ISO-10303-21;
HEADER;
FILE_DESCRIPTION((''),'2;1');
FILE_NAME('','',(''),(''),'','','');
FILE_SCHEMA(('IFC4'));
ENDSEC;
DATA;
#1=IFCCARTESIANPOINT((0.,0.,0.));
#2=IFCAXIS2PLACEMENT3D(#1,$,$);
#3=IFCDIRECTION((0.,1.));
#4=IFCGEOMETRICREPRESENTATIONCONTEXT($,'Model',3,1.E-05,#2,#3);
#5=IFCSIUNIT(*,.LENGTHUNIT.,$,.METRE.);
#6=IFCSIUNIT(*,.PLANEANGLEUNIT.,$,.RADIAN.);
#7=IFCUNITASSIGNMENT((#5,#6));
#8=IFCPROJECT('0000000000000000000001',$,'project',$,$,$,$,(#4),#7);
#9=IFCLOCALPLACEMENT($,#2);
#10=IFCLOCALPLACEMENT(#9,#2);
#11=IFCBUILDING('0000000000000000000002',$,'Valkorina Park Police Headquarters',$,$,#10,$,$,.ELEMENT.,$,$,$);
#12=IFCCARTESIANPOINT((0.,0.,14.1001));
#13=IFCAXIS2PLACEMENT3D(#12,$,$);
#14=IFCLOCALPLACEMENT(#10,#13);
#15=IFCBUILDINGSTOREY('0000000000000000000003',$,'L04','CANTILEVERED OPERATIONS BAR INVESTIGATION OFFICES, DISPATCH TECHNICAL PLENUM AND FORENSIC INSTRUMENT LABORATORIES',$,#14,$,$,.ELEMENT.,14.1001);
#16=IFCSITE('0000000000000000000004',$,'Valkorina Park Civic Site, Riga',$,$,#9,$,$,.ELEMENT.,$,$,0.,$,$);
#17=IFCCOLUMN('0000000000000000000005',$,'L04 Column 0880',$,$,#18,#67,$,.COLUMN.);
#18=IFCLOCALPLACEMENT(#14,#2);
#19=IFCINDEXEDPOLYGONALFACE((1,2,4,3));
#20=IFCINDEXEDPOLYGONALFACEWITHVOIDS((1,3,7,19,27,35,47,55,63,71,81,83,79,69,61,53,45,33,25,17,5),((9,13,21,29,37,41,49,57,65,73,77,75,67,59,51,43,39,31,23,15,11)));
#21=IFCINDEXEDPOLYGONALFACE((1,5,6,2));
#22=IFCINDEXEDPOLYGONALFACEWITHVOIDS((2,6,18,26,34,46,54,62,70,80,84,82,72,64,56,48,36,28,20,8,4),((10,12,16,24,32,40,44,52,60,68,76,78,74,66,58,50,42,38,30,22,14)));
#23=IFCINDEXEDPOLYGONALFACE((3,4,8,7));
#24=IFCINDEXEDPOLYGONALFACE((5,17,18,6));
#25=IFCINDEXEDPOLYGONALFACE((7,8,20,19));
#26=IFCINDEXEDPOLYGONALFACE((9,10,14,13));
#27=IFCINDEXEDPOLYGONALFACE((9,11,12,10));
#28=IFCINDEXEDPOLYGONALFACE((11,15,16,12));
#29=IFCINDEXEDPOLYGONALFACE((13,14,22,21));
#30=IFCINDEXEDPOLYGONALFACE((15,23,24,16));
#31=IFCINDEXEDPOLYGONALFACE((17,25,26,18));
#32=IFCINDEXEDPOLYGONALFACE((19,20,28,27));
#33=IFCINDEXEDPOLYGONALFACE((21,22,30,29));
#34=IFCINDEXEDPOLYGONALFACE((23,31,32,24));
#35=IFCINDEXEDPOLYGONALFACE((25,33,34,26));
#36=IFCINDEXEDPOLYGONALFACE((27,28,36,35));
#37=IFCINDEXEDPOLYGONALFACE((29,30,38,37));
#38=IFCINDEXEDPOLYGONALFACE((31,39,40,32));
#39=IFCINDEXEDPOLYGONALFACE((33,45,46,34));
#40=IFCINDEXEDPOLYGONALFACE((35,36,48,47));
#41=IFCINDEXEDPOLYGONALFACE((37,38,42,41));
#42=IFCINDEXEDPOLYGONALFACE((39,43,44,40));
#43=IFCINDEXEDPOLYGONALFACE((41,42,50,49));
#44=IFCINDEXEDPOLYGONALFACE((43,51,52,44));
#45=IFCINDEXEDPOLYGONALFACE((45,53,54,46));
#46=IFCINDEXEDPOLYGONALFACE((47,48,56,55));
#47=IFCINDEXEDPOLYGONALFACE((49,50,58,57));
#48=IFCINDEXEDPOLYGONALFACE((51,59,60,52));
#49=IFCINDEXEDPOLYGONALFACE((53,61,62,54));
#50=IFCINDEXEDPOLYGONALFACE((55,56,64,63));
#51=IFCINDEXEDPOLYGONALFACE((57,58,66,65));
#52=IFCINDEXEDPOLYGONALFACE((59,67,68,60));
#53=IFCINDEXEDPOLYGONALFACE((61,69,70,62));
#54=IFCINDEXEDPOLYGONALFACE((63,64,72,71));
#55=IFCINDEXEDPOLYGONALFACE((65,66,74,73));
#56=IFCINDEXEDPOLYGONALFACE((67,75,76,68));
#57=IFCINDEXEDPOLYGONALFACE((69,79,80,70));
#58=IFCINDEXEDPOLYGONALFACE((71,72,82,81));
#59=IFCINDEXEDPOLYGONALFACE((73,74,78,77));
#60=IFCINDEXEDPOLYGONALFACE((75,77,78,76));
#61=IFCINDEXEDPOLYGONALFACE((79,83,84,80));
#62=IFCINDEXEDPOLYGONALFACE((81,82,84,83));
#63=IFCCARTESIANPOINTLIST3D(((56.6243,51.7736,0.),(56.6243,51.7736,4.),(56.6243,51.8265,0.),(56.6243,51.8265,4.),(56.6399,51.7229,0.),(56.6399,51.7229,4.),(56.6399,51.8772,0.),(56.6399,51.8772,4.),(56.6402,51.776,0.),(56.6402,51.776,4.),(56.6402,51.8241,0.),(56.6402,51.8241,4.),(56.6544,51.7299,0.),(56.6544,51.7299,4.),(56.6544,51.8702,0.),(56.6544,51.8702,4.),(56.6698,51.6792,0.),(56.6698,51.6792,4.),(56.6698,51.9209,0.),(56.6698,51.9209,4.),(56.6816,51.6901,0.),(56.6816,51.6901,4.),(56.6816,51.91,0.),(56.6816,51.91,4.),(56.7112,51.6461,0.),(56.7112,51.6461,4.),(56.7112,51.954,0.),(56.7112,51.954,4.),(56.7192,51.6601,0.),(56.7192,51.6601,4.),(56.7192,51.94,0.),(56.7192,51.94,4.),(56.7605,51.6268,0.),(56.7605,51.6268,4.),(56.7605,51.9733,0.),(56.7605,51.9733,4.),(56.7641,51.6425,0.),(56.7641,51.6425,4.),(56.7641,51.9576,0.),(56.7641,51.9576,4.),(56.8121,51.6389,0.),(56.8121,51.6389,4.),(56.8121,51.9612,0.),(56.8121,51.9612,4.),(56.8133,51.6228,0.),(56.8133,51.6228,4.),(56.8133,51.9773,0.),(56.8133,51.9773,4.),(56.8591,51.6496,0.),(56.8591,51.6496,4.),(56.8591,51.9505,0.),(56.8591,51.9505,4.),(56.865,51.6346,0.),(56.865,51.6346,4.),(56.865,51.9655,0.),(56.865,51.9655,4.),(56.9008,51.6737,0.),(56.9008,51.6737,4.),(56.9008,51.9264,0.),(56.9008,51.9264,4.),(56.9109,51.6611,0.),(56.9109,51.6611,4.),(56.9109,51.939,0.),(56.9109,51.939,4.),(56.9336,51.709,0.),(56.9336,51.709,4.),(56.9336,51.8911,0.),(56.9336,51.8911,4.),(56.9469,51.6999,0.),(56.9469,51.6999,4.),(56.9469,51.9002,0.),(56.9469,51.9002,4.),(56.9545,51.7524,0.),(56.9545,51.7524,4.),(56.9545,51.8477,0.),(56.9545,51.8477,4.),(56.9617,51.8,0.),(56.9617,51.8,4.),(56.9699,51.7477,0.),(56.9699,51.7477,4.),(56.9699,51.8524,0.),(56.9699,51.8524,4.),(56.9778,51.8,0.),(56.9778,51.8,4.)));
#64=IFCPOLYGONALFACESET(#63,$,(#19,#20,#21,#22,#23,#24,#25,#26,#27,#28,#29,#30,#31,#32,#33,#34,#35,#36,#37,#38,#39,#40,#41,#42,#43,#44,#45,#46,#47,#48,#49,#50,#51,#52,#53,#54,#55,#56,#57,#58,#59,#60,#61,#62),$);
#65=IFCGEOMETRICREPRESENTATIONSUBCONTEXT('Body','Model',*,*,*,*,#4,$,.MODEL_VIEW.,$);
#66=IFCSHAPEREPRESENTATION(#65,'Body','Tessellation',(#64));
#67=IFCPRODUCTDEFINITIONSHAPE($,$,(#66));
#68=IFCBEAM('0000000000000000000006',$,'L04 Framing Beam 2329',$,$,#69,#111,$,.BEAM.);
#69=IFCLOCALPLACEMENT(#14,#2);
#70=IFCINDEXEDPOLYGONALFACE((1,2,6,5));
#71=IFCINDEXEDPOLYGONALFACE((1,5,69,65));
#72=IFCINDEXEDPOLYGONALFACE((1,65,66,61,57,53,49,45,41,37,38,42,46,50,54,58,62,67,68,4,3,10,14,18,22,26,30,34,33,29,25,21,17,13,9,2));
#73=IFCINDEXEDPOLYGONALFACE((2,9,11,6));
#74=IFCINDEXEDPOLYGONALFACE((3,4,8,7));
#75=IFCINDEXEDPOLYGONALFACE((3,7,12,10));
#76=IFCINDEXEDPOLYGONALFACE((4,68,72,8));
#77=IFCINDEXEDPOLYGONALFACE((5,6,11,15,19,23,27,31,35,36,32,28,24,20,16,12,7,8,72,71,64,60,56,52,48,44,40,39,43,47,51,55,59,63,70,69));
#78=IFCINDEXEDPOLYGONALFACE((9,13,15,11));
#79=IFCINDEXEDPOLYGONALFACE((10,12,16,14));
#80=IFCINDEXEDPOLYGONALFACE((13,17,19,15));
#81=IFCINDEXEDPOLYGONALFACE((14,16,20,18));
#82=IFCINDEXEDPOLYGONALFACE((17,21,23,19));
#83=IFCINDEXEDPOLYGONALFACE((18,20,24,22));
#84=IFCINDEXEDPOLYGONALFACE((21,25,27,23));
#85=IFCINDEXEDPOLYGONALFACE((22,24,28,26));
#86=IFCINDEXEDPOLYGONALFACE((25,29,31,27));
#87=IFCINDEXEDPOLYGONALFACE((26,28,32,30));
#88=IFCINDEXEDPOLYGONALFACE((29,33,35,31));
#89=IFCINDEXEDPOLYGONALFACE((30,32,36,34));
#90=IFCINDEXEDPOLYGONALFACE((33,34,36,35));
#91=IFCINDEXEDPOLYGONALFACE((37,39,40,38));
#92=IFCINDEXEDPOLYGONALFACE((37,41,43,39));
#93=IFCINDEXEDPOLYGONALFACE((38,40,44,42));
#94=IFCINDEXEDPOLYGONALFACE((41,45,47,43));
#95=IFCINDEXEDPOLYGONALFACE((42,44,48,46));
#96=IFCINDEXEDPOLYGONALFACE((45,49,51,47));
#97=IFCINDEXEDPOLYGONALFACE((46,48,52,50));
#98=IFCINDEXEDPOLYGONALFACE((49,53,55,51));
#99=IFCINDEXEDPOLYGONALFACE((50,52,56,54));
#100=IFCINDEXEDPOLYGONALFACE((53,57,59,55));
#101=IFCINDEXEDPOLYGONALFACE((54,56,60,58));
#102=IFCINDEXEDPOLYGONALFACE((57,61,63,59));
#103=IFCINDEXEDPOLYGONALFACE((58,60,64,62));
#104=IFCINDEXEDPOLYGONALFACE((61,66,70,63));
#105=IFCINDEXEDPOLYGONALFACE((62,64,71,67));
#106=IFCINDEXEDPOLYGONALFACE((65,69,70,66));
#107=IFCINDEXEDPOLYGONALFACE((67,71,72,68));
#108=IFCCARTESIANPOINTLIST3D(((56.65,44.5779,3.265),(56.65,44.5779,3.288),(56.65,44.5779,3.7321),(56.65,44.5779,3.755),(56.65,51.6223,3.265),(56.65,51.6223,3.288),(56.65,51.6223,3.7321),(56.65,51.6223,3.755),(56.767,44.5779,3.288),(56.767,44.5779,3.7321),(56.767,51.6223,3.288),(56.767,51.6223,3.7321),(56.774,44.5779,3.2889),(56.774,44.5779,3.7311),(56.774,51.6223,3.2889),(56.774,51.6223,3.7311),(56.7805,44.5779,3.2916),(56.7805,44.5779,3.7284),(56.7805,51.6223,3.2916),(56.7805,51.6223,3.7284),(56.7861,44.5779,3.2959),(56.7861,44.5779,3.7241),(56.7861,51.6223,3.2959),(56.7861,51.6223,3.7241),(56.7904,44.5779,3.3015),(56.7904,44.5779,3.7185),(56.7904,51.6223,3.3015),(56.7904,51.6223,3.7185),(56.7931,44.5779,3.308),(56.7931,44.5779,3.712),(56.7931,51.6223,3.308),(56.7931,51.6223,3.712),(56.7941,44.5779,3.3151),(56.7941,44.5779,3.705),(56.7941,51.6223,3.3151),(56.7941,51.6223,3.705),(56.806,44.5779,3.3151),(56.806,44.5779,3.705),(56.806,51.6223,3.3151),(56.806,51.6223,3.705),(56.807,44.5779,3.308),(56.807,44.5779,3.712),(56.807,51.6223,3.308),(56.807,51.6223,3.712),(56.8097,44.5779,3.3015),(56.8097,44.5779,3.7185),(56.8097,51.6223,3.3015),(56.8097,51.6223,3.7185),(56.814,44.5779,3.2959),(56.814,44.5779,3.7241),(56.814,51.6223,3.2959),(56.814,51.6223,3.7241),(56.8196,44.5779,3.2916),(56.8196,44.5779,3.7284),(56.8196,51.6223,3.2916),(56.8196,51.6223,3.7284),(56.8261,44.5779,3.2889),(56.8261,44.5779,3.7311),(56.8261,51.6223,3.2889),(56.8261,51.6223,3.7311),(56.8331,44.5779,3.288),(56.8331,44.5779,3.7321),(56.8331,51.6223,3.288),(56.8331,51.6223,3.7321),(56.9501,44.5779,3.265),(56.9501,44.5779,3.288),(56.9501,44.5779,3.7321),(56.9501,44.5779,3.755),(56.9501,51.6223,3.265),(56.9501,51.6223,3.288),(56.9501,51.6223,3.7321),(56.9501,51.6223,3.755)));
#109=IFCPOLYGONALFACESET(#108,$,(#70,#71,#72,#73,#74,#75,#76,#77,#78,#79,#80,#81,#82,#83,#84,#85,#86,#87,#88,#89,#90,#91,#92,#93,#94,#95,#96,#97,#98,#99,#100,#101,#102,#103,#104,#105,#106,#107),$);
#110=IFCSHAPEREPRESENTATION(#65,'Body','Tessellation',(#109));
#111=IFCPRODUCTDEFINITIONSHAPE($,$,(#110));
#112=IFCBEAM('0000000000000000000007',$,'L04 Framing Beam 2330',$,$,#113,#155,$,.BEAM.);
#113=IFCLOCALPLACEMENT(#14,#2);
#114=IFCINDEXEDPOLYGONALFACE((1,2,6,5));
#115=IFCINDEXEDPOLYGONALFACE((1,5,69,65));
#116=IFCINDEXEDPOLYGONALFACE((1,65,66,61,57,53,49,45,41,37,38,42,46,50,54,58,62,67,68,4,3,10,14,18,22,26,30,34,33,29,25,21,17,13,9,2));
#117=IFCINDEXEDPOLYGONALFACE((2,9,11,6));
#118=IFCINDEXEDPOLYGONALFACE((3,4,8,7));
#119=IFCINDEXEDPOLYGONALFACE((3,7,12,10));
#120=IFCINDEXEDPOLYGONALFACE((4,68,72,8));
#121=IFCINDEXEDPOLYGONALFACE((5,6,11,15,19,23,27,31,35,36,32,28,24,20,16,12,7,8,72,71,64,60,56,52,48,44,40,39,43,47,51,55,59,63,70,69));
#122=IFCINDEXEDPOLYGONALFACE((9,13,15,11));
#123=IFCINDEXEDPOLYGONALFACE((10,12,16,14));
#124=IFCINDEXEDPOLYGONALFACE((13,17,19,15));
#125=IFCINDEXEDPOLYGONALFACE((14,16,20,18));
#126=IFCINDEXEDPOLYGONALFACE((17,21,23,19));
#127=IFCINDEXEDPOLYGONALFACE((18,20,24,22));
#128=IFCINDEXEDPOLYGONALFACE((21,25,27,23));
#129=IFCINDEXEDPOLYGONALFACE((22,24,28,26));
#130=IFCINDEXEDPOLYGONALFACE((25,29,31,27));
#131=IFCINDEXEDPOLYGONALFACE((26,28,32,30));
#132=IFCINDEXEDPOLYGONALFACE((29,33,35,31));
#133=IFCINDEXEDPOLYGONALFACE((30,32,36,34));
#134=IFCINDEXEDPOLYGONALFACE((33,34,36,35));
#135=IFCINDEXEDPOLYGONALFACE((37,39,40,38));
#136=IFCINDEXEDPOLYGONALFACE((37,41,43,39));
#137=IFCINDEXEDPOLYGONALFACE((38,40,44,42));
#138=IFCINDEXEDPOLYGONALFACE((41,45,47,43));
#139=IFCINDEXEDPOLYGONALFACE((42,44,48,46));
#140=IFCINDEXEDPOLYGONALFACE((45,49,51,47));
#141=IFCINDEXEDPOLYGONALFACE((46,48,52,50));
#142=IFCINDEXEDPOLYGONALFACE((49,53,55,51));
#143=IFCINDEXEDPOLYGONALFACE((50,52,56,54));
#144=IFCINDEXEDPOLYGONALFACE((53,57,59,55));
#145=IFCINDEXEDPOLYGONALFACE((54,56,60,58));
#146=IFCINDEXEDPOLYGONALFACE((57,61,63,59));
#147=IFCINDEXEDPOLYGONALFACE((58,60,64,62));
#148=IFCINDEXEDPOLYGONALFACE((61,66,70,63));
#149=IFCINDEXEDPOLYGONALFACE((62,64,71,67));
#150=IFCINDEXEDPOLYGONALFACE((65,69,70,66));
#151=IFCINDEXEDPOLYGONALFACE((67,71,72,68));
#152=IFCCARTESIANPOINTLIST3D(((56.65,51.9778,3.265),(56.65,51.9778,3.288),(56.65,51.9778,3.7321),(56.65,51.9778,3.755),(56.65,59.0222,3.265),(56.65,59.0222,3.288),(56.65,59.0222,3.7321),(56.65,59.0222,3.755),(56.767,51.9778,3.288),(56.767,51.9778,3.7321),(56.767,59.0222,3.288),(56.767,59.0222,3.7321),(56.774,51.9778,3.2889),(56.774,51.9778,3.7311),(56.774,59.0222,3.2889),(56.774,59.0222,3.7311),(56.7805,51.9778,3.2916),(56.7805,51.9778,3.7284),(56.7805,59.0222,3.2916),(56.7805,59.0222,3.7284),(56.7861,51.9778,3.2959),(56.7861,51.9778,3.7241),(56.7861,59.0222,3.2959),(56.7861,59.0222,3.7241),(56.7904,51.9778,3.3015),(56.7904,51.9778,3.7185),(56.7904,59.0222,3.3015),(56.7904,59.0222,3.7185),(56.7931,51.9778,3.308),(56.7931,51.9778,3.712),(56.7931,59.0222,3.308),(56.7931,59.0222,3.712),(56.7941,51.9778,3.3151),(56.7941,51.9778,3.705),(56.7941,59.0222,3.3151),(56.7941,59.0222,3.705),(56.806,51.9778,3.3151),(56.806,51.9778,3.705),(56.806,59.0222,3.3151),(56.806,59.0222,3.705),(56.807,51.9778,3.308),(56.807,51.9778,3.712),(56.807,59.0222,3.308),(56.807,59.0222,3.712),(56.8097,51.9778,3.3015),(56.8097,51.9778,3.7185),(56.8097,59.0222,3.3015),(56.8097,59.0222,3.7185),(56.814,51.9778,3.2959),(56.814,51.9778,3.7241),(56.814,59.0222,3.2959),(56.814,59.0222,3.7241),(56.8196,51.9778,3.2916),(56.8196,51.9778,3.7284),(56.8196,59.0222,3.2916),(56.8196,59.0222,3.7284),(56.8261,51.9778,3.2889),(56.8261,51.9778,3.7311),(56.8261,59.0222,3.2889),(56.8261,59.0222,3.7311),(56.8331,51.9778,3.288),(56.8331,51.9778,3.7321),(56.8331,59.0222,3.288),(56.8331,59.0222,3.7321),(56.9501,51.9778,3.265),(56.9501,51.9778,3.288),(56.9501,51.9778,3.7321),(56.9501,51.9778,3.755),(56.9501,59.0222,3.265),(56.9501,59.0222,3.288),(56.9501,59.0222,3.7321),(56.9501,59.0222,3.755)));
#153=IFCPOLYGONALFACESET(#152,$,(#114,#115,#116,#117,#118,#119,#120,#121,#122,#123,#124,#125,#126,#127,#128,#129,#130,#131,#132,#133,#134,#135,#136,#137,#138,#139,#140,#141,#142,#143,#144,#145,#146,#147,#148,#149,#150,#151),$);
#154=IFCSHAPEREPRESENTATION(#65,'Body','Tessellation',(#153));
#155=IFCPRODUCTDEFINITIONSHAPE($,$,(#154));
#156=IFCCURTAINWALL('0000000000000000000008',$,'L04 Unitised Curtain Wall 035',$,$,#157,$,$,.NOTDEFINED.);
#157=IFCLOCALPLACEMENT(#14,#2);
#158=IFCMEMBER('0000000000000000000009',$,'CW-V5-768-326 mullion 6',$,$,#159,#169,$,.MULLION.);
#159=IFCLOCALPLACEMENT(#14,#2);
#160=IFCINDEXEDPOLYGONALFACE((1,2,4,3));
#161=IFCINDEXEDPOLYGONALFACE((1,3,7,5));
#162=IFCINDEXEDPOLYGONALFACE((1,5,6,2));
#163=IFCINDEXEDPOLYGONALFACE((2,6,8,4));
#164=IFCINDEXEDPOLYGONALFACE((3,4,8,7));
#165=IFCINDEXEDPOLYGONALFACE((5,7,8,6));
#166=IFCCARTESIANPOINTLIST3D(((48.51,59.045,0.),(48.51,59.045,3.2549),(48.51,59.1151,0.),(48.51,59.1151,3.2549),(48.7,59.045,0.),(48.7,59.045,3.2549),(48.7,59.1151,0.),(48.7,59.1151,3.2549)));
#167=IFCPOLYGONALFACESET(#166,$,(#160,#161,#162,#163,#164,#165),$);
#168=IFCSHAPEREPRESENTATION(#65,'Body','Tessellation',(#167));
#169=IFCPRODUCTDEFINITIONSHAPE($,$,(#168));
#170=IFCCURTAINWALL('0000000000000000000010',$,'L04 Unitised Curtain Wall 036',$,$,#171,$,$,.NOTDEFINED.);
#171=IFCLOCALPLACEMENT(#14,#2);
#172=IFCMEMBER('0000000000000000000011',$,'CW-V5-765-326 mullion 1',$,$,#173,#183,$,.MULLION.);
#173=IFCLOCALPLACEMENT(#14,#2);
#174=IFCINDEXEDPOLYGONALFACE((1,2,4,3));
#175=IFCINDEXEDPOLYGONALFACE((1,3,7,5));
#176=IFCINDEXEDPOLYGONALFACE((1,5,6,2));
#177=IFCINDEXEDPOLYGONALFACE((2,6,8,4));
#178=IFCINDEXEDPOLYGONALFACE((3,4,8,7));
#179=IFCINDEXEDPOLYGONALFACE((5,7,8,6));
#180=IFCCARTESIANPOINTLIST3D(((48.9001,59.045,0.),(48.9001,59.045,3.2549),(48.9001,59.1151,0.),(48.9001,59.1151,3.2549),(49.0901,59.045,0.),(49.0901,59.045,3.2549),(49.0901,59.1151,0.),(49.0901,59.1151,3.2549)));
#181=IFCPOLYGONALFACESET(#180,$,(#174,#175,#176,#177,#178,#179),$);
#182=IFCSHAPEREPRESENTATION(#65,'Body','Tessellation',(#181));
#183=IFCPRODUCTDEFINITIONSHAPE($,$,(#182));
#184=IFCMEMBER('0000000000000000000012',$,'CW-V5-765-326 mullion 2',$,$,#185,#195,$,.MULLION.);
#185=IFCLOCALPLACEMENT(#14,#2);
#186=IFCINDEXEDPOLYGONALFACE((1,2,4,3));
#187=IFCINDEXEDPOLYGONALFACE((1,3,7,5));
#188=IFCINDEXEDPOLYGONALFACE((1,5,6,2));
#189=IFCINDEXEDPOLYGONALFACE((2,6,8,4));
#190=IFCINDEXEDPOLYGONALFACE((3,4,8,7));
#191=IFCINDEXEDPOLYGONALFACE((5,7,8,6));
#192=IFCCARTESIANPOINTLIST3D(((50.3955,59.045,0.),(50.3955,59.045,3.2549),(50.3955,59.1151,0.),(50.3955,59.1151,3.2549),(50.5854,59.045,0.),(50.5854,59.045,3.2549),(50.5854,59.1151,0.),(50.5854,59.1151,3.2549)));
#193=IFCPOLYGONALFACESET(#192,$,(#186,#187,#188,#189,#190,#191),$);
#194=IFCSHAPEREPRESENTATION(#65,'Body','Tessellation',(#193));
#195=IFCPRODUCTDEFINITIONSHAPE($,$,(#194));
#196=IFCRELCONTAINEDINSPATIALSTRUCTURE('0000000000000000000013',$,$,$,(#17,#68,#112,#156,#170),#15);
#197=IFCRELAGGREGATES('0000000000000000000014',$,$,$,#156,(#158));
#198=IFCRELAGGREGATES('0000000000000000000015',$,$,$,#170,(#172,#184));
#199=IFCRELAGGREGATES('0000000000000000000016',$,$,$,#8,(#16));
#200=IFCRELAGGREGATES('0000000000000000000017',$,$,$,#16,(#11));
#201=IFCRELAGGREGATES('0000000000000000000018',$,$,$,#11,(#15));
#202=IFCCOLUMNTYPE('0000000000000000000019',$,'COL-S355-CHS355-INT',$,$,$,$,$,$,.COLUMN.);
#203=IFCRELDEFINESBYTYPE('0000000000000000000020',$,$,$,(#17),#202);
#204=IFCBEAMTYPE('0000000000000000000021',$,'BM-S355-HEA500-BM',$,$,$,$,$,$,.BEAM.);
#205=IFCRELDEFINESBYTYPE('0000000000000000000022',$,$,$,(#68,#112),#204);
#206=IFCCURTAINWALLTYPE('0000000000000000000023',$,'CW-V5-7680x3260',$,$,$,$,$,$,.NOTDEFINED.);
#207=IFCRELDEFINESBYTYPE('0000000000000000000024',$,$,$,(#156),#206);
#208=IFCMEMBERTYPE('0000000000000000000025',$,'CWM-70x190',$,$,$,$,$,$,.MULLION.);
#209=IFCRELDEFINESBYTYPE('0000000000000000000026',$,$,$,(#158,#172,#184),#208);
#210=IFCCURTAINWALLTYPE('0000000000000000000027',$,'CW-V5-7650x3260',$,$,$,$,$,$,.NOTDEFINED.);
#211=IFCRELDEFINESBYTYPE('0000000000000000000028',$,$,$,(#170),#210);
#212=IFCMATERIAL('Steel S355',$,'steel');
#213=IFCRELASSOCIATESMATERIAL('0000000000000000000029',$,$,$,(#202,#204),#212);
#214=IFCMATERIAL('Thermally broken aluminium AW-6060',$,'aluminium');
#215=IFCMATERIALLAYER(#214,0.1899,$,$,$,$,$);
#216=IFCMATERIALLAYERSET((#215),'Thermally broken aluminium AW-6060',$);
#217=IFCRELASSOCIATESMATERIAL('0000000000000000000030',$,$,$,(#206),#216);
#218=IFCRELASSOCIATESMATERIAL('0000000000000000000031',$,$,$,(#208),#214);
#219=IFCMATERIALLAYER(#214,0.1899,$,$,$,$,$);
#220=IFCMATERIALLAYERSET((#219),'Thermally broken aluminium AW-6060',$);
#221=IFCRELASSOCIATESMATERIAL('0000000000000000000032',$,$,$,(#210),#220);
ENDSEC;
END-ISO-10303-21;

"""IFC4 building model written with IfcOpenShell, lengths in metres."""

from ifc_helpers import new_model, si_unit, direction, frame, origin, origin_2d, place, context, subcontext, project, spatial, rectangle, hollow_circle, i_section, extrude, material, layer, layer_set, material_profile, profile_set, type_object, element, aggregate, save


model = new_model("IFC4")

# Units and contexts
model_context = context("Model", 3, precision=1e-05, world=origin(), true_north=direction((0.0, 1.0)))
body_context = subcontext(model_context, "Body", "Model", "MODEL_VIEW")
ifc_project = project(units=[si_unit("LENGTHUNIT", "METRE"), si_unit("PLANEANGLEUNIT", "RADIAN")], contexts=[model_context])

# Site, building, storey
site_placement = place(None, origin())
site = spatial("IfcSite", under=ifc_project, at=site_placement, Name="Valkorina Park Civic Site, Riga", CompositionType="ELEMENT", RefElevation=0.0)
building_placement = place(site_placement, origin())
building = spatial("IfcBuilding", under=site, at=building_placement, Name="Valkorina Park Police Headquarters", CompositionType="ELEMENT")
storey_placement = place(building_placement, frame((0.0, 0.0, 14.1001)))
storey = spatial("IfcBuildingStorey", under=building, at=storey_placement, Name="L04", Description="CANTILEVERED OPERATIONS BAR INVESTIGATION OFFICES, DISPATCH TECHNICAL PLENUM AND FORENSIC INSTRUMENT LABORATORIES", CompositionType="ELEMENT", Elevation=14.1001)

# Column
ifc_material_1 = material(Name="Steel S355", Category="steel")
ifc_material_profile_1 = material_profile(ifc_material_1, hollow_circle(Radius=0.1777, WallThickness=0.0161, at=origin_2d()), Name="CHS 355.6x16")
ifc_profile_set_1 = profile_set([ifc_material_profile_1], Name="Steel S355")
column_type = type_object("IfcColumnType", Name="COL-S355-CHS355-INT", PredefinedType="COLUMN", material=ifc_profile_set_1)
column_placement = place(storey_placement, frame((56.8, 51.8, 0.0), z_axis=(0.0, 0.0, 1.0), x_axis=(1.0, 0.0, 0.0)))
element("IfcColumn", 1, at=column_placement, inside=storey, type_object=column_type, Name="L04 Column 0880", PredefinedType="COLUMN", context=body_context, shape_type="SweptSolid", body=[
    extrude(hollow_circle(Radius=0.1777, WallThickness=0.0161, at=origin_2d()), origin(), (0.0, 0.0, 1.0), 4.0),
])

# Beams
ifc_material_profile_2 = material_profile(ifc_material_1, i_section(OverallWidth=0.3, OverallDepth=0.49, WebThickness=0.012, FlangeThickness=0.0229, FilletRadius=0.0271, at=origin_2d()), Name="HEA 500")
ifc_profile_set_2 = profile_set([ifc_material_profile_2], Name="Steel S355")
beam_type = type_object("IfcBeamType", Name="BM-S355-HEA500-BM", PredefinedType="BEAM", material=ifc_profile_set_2)
for number, where, z_axis, x_axis, name in (
    (2, (56.8, 44.5779, 3.51), (0.0, 1.0, 0.0), (-1.0, 0.0, 0.0), "L04 Framing Beam 2329"),
    (3, (56.8, 51.9778, 3.51), (0.0, 1.0, 0.0), (-1.0, 0.0, 0.0), "L04 Framing Beam 2330"),
):
    element("IfcBeam", number, at=place(storey_placement, frame(where, z_axis=z_axis, x_axis=x_axis)), inside=storey, type_object=beam_type, Name=name, PredefinedType="BEAM", context=body_context, shape_type="SweptSolid", body=[
        extrude(i_section(OverallWidth=0.3, OverallDepth=0.49, WebThickness=0.012, FlangeThickness=0.0229, FilletRadius=0.0271, at=origin_2d()), origin(), (0.0, 0.0, 1.0), 7.0444),
    ])

# Curtain wall, member
ifc_material_2 = material(Name="Thermally broken aluminium AW-6060", Category="aluminium")
ifc_layer_1 = layer(ifc_material_2, 0.1899)
ifc_layer_set_1 = layer_set([ifc_layer_1], Name="Thermally broken aluminium AW-6060")
curtain_wall_type_1 = type_object("IfcCurtainWallType", Name="CW-V5-7680x3260", PredefinedType="NOTDEFINED", material=ifc_layer_set_1)
curtain_wall_1_placement = place(storey_placement, origin())
curtain_wall_1 = element("IfcCurtainWall", 4, at=curtain_wall_1_placement, inside=storey, type_object=curtain_wall_type_1, Name="L04 Unitised Curtain Wall 035", PredefinedType="NOTDEFINED")
ifc_material_profile_3 = material_profile(ifc_material_2, rectangle(XDim=0.0701, YDim=0.1899, at=origin_2d()), Name="CWM-02 70x190")
ifc_profile_set_3 = profile_set([ifc_material_profile_3], Name="Thermally broken aluminium AW-6060")
member_type_1 = type_object("IfcMemberType", Name="CWM-70x190", PredefinedType="MULLION", material=ifc_profile_set_3)
member_1_placement = place(storey_placement, frame((48.605, 59.0801, 0.0), z_axis=(0.0, 0.0, 1.0), x_axis=(0.0, 1.0, 0.0)))
member_1 = element("IfcMember", 5, at=member_1_placement, type_object=member_type_1, Name="CW-V5-768-326 mullion 6", PredefinedType="MULLION", context=body_context, shape_type="SweptSolid", body=[
    extrude(rectangle(XDim=0.0701, YDim=0.1899, at=origin_2d()), origin(), (0.0, 0.0, 1.0), 3.2549),
])

# Curtain wall, members
ifc_layer_2 = layer(ifc_material_2, 0.1899)
ifc_layer_set_2 = layer_set([ifc_layer_2], Name="Thermally broken aluminium AW-6060")
curtain_wall_type_2 = type_object("IfcCurtainWallType", Name="CW-V5-7650x3260", PredefinedType="NOTDEFINED", material=ifc_layer_set_2)
curtain_wall_2_placement = place(storey_placement, origin())
curtain_wall_2 = element("IfcCurtainWall", 6, at=curtain_wall_2_placement, inside=storey, type_object=curtain_wall_type_2, Name="L04 Unitised Curtain Wall 036", PredefinedType="NOTDEFINED")
member_2_placement = place(storey_placement, frame((48.9951, 59.0801, 0.0), z_axis=(0.0, 0.0, 1.0), x_axis=(0.0, 1.0, 0.0)))
member_2 = element("IfcMember", 7, at=member_2_placement, type_object=member_type_1, Name="CW-V5-765-326 mullion 1", PredefinedType="MULLION", context=body_context, shape_type="SweptSolid", body=[
    extrude(rectangle(XDim=0.0701, YDim=0.1899, at=origin_2d()), origin(), (0.0, 0.0, 1.0), 3.2549),
])
member_3_placement = place(storey_placement, frame((50.4905, 59.0801, 0.0), z_axis=(0.0, 0.0, 1.0), x_axis=(0.0, 1.0, 0.0)))
member_3 = element("IfcMember", 8, at=member_3_placement, type_object=member_type_1, Name="CW-V5-765-326 mullion 2", PredefinedType="MULLION", context=body_context, shape_type="SweptSolid", body=[
    extrude(rectangle(XDim=0.0701, YDim=0.1899, at=origin_2d()), origin(), (0.0, 0.0, 1.0), 3.2549),
])

aggregate(curtain_wall_1, [member_1])
aggregate(curtain_wall_2, [member_2, member_3])

save(model, "model.ifc")
